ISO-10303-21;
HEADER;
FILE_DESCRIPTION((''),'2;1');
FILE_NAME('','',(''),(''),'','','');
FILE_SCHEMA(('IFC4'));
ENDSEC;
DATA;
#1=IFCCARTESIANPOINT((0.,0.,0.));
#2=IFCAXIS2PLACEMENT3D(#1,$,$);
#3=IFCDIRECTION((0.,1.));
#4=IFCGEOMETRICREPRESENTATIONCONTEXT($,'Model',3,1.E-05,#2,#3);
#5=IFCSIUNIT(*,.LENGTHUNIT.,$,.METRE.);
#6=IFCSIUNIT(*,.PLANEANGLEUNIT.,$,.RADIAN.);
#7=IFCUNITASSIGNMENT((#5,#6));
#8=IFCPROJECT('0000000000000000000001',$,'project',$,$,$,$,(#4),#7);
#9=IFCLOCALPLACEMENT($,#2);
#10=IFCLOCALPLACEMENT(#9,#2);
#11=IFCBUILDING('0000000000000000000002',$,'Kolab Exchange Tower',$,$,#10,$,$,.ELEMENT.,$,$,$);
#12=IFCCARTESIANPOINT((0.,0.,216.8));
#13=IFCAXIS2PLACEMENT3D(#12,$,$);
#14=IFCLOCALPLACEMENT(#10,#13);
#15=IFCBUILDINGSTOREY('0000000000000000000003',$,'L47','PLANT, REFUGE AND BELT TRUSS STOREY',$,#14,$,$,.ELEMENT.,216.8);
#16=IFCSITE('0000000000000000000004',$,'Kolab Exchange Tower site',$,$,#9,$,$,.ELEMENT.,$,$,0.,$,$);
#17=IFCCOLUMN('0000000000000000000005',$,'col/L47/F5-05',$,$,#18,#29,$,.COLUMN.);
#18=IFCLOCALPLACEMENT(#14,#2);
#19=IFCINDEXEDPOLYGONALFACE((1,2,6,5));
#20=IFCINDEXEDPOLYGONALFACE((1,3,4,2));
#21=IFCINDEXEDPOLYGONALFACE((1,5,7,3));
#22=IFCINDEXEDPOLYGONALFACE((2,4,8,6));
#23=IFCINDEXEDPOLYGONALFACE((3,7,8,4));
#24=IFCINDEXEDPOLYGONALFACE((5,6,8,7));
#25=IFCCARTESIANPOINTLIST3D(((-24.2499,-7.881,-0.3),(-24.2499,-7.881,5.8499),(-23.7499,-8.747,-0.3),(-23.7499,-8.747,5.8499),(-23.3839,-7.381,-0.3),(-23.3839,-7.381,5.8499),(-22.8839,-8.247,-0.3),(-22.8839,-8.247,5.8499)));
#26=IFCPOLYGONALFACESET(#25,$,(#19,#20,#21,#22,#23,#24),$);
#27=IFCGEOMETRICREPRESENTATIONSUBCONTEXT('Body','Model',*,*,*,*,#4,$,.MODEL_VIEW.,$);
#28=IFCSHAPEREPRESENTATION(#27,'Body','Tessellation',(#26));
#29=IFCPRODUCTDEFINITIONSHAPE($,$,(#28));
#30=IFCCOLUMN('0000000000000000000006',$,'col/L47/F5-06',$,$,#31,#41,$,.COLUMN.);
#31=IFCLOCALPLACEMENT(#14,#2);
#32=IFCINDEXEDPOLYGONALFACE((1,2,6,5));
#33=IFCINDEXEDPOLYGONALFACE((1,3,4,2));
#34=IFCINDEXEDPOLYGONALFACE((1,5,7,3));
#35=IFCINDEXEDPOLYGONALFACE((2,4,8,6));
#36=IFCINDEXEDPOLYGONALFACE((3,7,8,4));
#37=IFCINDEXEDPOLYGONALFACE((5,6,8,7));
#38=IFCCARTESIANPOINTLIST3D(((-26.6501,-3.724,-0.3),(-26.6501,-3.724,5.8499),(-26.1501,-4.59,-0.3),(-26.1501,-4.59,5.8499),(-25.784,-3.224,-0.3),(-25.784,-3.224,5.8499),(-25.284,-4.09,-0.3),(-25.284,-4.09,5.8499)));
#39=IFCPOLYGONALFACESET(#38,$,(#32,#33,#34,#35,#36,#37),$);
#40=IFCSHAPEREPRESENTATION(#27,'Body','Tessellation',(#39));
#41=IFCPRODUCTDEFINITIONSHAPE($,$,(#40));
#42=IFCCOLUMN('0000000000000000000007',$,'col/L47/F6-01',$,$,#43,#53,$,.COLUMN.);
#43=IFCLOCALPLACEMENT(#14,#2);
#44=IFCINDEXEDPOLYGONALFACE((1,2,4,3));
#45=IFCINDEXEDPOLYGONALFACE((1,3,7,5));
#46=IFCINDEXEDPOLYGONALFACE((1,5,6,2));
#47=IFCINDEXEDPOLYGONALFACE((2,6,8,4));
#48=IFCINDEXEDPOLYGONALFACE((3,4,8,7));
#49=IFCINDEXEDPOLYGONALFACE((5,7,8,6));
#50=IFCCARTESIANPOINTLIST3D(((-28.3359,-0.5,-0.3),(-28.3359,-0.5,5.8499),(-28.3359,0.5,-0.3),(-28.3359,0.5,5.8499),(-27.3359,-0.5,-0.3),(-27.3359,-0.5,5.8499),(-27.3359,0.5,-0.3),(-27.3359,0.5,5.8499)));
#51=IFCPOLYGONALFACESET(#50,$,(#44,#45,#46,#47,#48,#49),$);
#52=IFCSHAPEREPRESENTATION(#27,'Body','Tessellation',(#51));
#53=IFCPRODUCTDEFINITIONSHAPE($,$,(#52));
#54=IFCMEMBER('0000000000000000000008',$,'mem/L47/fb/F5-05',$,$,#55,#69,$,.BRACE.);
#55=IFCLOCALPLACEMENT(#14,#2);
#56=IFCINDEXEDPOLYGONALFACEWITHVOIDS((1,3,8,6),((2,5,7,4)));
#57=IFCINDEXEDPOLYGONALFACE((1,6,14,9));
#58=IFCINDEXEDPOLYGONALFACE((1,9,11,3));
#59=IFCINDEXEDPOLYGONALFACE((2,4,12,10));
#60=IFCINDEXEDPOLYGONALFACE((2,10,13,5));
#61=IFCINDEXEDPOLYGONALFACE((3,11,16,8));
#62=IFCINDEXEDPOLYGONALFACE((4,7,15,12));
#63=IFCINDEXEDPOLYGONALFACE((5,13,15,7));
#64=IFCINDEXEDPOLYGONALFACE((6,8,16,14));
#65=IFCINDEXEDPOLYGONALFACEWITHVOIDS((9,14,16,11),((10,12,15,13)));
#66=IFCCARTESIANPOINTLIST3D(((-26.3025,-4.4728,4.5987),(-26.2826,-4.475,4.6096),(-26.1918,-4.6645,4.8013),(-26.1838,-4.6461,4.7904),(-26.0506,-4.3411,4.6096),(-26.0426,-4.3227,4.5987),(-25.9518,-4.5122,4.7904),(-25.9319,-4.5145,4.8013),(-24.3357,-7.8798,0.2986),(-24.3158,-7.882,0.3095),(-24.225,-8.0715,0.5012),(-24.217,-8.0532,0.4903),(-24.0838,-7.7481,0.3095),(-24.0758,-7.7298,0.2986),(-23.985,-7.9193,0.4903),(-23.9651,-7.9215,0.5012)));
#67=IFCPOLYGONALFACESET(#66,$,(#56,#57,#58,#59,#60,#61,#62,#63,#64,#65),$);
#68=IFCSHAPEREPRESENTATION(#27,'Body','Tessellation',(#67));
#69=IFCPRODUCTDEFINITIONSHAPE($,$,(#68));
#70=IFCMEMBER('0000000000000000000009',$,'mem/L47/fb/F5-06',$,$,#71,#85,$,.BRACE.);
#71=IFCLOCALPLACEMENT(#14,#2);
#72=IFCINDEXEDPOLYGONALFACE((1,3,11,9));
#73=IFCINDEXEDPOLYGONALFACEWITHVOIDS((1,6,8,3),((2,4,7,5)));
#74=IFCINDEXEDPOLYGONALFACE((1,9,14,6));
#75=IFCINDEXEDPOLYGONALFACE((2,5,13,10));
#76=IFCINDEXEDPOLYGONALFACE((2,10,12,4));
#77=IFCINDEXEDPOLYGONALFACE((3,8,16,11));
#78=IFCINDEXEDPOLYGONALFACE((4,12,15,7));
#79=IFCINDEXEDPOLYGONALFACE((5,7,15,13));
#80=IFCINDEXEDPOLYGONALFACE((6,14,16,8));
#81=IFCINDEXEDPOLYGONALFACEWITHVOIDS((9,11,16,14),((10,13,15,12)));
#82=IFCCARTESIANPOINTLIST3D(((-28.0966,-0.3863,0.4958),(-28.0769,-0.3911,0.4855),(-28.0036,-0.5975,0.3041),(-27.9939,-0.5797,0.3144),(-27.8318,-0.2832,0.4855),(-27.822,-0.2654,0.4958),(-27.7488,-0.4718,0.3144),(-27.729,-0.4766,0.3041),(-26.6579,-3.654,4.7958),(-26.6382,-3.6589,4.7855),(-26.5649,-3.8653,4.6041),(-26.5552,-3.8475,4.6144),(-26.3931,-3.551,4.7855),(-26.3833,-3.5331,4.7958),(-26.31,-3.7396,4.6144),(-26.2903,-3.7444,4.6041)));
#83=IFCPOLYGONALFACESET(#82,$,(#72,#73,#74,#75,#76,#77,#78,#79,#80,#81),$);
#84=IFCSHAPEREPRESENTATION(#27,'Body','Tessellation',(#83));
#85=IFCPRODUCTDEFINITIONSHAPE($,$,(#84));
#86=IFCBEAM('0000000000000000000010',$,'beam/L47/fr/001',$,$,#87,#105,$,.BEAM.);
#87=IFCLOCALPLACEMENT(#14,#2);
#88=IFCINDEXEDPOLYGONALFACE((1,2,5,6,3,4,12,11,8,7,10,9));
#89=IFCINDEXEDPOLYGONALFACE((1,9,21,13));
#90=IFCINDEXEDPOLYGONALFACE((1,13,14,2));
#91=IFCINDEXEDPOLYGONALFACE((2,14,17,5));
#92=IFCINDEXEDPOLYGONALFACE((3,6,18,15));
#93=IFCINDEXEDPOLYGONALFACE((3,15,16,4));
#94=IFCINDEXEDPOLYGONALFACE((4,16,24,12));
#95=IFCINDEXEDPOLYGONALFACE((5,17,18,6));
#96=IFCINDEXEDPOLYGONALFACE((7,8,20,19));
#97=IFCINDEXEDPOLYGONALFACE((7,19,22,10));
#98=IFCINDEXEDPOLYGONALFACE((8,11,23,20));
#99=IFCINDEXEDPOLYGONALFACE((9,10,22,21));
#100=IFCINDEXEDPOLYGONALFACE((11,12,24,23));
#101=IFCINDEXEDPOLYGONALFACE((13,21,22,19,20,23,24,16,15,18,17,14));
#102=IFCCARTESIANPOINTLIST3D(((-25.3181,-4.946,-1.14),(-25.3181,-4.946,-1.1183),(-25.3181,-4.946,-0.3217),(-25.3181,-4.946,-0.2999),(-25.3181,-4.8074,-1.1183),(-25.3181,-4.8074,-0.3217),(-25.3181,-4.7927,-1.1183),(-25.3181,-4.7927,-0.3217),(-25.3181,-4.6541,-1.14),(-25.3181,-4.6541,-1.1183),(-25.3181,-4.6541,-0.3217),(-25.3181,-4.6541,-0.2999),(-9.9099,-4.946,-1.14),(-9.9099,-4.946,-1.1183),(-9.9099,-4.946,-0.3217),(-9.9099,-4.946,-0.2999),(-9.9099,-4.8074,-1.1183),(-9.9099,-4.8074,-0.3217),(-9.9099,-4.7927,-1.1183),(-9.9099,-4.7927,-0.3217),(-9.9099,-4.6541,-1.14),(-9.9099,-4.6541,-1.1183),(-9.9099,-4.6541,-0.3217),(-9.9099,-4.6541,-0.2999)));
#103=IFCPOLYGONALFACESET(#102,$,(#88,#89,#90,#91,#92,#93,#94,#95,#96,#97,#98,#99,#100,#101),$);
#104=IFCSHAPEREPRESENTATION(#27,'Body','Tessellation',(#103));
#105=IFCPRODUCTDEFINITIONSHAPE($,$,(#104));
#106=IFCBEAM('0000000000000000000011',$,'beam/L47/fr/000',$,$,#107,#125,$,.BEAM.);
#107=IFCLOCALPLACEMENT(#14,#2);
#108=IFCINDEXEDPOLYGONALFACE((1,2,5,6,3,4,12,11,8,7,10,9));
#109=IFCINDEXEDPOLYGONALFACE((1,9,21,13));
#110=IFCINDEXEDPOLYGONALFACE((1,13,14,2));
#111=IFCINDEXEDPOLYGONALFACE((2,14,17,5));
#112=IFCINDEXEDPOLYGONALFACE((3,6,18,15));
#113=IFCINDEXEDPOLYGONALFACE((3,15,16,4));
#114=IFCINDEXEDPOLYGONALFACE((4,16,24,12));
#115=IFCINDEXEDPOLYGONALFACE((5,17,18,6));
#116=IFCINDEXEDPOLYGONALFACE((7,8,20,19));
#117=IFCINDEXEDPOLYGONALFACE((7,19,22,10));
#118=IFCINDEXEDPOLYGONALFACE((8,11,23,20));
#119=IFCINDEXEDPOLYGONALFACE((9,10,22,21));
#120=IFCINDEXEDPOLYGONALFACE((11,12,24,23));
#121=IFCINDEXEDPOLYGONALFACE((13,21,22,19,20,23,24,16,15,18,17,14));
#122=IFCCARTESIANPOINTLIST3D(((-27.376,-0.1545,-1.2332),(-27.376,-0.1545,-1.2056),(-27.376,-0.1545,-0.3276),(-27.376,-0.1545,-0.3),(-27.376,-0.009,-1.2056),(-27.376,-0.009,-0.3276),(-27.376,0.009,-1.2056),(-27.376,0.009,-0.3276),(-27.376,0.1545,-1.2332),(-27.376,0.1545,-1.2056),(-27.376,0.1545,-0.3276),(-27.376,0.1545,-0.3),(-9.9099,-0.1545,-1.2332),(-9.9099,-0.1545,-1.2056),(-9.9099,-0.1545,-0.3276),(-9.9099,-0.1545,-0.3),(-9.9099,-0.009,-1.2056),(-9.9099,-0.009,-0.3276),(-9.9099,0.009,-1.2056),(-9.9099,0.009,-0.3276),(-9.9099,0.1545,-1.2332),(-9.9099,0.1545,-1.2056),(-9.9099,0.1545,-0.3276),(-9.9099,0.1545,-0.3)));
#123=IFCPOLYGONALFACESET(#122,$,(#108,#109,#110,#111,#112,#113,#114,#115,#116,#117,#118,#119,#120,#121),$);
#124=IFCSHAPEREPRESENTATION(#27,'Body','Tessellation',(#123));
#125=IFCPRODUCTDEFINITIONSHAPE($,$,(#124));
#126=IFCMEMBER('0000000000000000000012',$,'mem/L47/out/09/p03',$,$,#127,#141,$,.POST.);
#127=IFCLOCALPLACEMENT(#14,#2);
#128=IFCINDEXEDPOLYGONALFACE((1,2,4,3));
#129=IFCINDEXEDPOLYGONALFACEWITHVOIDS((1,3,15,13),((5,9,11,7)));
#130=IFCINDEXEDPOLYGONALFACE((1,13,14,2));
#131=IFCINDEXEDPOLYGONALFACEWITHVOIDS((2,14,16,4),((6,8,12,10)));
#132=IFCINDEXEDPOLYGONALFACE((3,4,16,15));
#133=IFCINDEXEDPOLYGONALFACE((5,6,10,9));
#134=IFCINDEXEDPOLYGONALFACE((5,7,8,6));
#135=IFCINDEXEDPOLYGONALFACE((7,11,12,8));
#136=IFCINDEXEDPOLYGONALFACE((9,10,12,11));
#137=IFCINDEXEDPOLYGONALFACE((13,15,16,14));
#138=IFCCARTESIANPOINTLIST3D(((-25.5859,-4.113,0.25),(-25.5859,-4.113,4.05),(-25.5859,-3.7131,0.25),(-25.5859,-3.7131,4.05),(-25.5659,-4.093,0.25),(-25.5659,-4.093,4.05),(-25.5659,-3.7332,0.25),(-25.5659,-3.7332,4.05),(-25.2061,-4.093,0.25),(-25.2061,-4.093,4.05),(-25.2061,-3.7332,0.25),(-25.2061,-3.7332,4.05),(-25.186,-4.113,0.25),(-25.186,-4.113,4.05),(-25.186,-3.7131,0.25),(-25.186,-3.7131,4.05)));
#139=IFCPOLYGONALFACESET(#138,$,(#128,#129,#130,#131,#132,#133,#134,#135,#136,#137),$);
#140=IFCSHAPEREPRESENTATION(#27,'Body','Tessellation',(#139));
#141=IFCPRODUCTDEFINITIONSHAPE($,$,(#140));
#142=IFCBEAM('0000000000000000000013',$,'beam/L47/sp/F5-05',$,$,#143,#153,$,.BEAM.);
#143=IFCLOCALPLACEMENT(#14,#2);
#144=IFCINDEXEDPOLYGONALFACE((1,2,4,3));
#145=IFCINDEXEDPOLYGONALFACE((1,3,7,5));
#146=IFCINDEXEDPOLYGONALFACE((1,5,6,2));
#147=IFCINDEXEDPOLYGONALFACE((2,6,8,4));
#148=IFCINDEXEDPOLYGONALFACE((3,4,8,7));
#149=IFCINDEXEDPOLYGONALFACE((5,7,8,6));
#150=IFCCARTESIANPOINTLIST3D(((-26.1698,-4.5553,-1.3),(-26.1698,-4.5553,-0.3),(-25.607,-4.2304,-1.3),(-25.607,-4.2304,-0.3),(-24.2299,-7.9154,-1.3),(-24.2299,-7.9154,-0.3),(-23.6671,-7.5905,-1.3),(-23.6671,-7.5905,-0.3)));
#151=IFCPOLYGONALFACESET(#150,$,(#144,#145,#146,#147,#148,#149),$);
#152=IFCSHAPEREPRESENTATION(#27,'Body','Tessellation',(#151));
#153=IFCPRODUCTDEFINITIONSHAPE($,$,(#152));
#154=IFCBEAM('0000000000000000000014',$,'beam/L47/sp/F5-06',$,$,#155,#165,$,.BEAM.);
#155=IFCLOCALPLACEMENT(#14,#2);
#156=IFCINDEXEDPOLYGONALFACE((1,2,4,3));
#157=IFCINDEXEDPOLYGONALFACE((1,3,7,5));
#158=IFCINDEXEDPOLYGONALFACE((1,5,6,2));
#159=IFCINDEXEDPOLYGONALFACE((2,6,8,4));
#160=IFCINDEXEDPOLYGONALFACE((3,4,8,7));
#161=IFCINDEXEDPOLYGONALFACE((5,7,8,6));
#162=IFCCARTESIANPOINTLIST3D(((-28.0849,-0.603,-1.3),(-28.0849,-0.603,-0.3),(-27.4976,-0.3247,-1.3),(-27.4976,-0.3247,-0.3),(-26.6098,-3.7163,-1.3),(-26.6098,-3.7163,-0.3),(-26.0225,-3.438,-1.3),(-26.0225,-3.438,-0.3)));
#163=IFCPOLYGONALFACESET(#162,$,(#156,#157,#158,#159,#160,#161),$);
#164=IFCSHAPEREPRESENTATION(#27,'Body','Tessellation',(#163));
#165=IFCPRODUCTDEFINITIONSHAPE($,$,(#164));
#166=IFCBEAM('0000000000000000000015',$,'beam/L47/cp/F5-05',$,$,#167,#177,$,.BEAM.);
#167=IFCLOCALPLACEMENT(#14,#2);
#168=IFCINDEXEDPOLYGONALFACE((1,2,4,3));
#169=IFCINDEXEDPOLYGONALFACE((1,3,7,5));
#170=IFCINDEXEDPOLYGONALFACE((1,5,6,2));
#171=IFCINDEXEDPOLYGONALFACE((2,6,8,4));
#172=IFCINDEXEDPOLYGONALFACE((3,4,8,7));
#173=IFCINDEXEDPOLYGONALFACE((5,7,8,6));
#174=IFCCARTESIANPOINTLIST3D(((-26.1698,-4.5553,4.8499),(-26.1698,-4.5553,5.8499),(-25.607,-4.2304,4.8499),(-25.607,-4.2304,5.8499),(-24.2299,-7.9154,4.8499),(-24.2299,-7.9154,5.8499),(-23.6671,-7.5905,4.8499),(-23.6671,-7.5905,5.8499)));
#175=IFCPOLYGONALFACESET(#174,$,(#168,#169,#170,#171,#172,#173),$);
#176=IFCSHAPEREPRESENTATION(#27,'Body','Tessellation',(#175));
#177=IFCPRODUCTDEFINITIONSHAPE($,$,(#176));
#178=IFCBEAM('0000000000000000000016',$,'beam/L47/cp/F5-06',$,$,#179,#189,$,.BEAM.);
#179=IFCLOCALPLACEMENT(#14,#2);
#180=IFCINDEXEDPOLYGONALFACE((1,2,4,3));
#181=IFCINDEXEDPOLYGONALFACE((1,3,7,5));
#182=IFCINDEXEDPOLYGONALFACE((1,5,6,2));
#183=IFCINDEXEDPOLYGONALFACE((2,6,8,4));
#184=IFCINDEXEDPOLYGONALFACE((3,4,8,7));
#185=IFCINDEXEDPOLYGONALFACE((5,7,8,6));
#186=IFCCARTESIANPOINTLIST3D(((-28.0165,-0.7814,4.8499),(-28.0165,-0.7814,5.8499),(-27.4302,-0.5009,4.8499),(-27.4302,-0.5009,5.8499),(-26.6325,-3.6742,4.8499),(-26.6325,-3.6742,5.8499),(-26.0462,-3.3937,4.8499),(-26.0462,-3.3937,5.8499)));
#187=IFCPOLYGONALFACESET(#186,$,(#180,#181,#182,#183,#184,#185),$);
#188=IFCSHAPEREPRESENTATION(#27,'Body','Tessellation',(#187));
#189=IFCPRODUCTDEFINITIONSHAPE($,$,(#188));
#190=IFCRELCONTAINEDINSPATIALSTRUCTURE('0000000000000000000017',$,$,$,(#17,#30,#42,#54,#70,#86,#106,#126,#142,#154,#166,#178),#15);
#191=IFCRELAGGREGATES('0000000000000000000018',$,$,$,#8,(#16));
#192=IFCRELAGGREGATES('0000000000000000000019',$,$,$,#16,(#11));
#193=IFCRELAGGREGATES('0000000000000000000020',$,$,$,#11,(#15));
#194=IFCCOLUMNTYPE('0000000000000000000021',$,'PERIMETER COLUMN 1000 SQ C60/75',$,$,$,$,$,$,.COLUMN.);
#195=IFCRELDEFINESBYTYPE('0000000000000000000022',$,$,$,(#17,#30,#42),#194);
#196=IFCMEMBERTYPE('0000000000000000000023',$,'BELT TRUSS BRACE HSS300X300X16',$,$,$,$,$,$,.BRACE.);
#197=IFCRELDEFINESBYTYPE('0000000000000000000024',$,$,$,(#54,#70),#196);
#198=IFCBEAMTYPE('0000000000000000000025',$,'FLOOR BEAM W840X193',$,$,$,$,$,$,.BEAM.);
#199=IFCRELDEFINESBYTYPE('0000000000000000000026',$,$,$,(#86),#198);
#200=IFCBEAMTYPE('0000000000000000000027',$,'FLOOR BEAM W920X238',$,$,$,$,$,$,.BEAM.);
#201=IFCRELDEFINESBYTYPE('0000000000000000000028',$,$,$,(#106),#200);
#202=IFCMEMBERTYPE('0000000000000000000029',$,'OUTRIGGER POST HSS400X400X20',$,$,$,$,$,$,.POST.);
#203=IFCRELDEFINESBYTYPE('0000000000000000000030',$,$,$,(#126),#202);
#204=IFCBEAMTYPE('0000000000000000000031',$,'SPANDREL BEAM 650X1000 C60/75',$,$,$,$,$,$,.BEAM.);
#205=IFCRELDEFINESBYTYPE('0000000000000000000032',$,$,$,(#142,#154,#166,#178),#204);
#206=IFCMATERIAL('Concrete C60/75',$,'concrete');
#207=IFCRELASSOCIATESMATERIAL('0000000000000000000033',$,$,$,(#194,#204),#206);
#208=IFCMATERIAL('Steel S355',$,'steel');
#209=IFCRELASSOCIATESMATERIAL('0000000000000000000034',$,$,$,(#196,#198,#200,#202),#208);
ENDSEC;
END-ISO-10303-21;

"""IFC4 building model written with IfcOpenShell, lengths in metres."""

from ifc_helpers import new_model, si_unit, direction, frame, origin, origin_2d, place, context, subcontext, project, spatial, rectangle, hollow_rectangle, i_section, extrude, material, material_profile, profile_set, type_object, element, save


model = new_model("IFC4")

# Units and contexts
model_context = context("Model", 3, precision=1e-05, world=origin(), true_north=direction((0.0, 1.0)))
body_context = subcontext(model_context, "Body", "Model", "MODEL_VIEW")
ifc_project = project(units=[si_unit("LENGTHUNIT", "METRE"), si_unit("PLANEANGLEUNIT", "RADIAN")], contexts=[model_context])

# Site, building, storey
site_placement = place(None, origin())
site = spatial("IfcSite", under=ifc_project, at=site_placement, Name="Kolab Exchange Tower site", CompositionType="ELEMENT", RefElevation=0.0)
building_placement = place(site_placement, origin())
building = spatial("IfcBuilding", under=site, at=building_placement, Name="Kolab Exchange Tower", CompositionType="ELEMENT")
storey_placement = place(building_placement, frame((0.0, 0.0, 216.8)))
storey = spatial("IfcBuildingStorey", under=building, at=storey_placement, Name="L47", Description="PLANT, REFUGE AND BELT TRUSS STOREY", CompositionType="ELEMENT", Elevation=216.8)

# Columns
ifc_material_1 = material(Name="Concrete C60/75", Category="concrete")
ifc_material_profile_1 = material_profile(ifc_material_1, rectangle(XDim=1.0, YDim=1.0, at=origin_2d()), Name="RC1000")
ifc_profile_set_1 = profile_set([ifc_material_profile_1], Name="Concrete C60/75")
column_type = type_object("IfcColumnType", Name="PERIMETER COLUMN 1000 SQ C60/75", PredefinedType="COLUMN", material=ifc_profile_set_1)
for number, where, z_axis, x_axis, name in (
    (1, (-23.5669, -8.064, -0.3), (0.0, 0.0, 1.0), (0.866025, 0.5, 0.0), "col/L47/F5-05"),
    (2, (-25.967, -3.907, -0.3), (0.0, 0.0, 1.0), (0.866025, 0.5, 0.0), "col/L47/F5-06"),
    (3, (-27.8359, 0.0, -0.3), (0.0, 0.0, 1.0), (1.0, 0.0, 0.0), "col/L47/F6-01"),
):
    element("IfcColumn", number, at=place(storey_placement, frame(where, z_axis=z_axis, x_axis=x_axis)), inside=storey, type_object=column_type, Name=name, PredefinedType="COLUMN", context=body_context, shape_type="SweptSolid", body=[
        extrude(rectangle(XDim=1.0, YDim=1.0, at=origin_2d()), origin(), (0.0, 0.0, 1.0), 6.1499),
    ])

# Members
ifc_material_2 = material(Name="Steel S355", Category="steel")
ifc_material_profile_2 = material_profile(ifc_material_2, hollow_rectangle(XDim=0.3, YDim=0.3, WallThickness=0.0161, at=origin_2d()), Name="HSS300X300X16")
ifc_profile_set_2 = profile_set([ifc_material_profile_2], Name="Steel S355")
member_type_1 = type_object("IfcMemberType", Name="BELT TRUSS BRACE HSS300X300X16", PredefinedType="BRACE", material=ifc_profile_set_2)
member_1_placement = place(storey_placement, frame((-24.1504, -7.9006, 0.3999), z_axis=(-0.33747, 0.584583, 0.737819), x_axis=(-0.86605, -0.499957, 0.0)))
element("IfcMember", 4, at=member_1_placement, inside=storey, type_object=member_type_1, Name="mem/L47/fb/F5-05", PredefinedType="BRACE", context=body_context, shape_type="SweptSolid", body=[
    extrude(hollow_rectangle(XDim=0.3, YDim=0.3, WallThickness=0.0161, at=origin_2d()), origin(), (0.0, 0.0, 1.0), 5.8281),
])
member_2_placement = place(storey_placement, frame((-26.4741, -3.6992, 4.7), z_axis=(-0.257411, 0.584669, -0.769352), x_axis=(-0.915224, -0.402945, 0.0)))
element("IfcMember", 5, at=member_2_placement, inside=storey, type_object=member_type_1, Name="mem/L47/fb/F5-06", PredefinedType="BRACE", context=body_context, shape_type="SweptSolid", body=[
    extrude(hollow_rectangle(XDim=0.3, YDim=0.3, WallThickness=0.0161, at=origin_2d()), origin(), (0.0, 0.0, 1.0), 5.5891),
])

# Beams
ifc_material_profile_3 = material_profile(ifc_material_2, i_section(OverallWidth=0.292, OverallDepth=0.8401, WebThickness=0.0146, FlangeThickness=0.0217, at=origin_2d()), Name="W840X193")
ifc_profile_set_3 = profile_set([ifc_material_profile_3], Name="Steel S355")
beam_type_1 = type_object("IfcBeamType", Name="FLOOR BEAM W840X193", PredefinedType="BEAM", material=ifc_profile_set_3)
beam_1_placement = place(storey_placement, frame((-25.3181, -4.8, -0.72), z_axis=(1.0, 0.0, 0.0), x_axis=(0.0, 1.0, 0.0)))
element("IfcBeam", 6, at=beam_1_placement, inside=storey, type_object=beam_type_1, Name="beam/L47/fr/001", PredefinedType="BEAM", context=body_context, shape_type="SweptSolid", body=[
    extrude(i_section(OverallWidth=0.292, OverallDepth=0.8401, WebThickness=0.0146, FlangeThickness=0.0217, at=origin_2d()), origin(), (0.0, 0.0, 1.0), 15.4082),
])
ifc_material_profile_4 = material_profile(ifc_material_2, i_section(OverallWidth=0.3091, OverallDepth=0.9331, WebThickness=0.0181, FlangeThickness=0.0276, at=origin_2d()), Name="W920X238")
ifc_profile_set_4 = profile_set([ifc_material_profile_4], Name="Steel S355")
beam_type_2 = type_object("IfcBeamType", Name="FLOOR BEAM W920X238", PredefinedType="BEAM", material=ifc_profile_set_4)
beam_2_placement = place(storey_placement, frame((-27.376, 0.0, -0.7666), z_axis=(1.0, 0.0, 0.0), x_axis=(0.0, 1.0, 0.0)))
element("IfcBeam", 7, at=beam_2_placement, inside=storey, type_object=beam_type_2, Name="beam/L47/fr/000", PredefinedType="BEAM", context=body_context, shape_type="SweptSolid", body=[
    extrude(i_section(OverallWidth=0.3091, OverallDepth=0.9331, WebThickness=0.0181, FlangeThickness=0.0276, at=origin_2d()), origin(), (0.0, 0.0, 1.0), 17.4661),
])

# Member
ifc_material_profile_5 = material_profile(ifc_material_2, hollow_rectangle(XDim=0.3999, YDim=0.3999, WallThickness=0.02, at=origin_2d()), Name="HSS400X400X20")
ifc_profile_set_5 = profile_set([ifc_material_profile_5], Name="Steel S355")
member_type_2 = type_object("IfcMemberType", Name="OUTRIGGER POST HSS400X400X20", PredefinedType="POST", material=ifc_profile_set_5)
member_3_placement = place(storey_placement, frame((-25.386, -3.9131, 0.25), z_axis=(0.0, 0.0, 1.0), x_axis=(1.0, 0.0, 0.0)))
element("IfcMember", 8, at=member_3_placement, inside=storey, type_object=member_type_2, Name="mem/L47/out/09/p03", PredefinedType="POST", context=body_context, shape_type="SweptSolid", body=[
    extrude(hollow_rectangle(XDim=0.3999, YDim=0.3999, WallThickness=0.02, at=origin_2d()), origin(), (0.0, 0.0, 1.0), 3.8),
])

# Beams
ifc_material_profile_6 = material_profile(ifc_material_1, rectangle(XDim=0.6499, YDim=1.0, at=origin_2d()), Name="RC650X1000")
ifc_profile_set_6 = profile_set([ifc_material_profile_6], Name="Concrete C60/75")
beam_type_3 = type_object("IfcBeamType", Name="SPANDREL BEAM 650X1000 C60/75", PredefinedType="BEAM", material=ifc_profile_set_6)
beam_3_placement = place(storey_placement, frame((-23.9485, -7.7529, -0.8), z_axis=(-0.499997, 0.866027, 0.0), x_axis=(-0.866027, -0.499997, 0.0)))
element("IfcBeam", 9, at=beam_3_placement, inside=storey, type_object=beam_type_3, Name="beam/L47/sp/F5-05", PredefinedType="BEAM", context=body_context, shape_type="SweptSolid", body=[
    extrude(rectangle(XDim=0.6499, YDim=1.0, at=origin_2d()), origin(), (0.0, 0.0, 1.0), 3.8799),
])
beam_4_placement = place(storey_placement, frame((-26.3162, -3.5771, -0.8), z_axis=(-0.428178, 0.903695, 0.0), x_axis=(-0.903695, -0.428178, 0.0)))
element("IfcBeam", 10, at=beam_4_placement, inside=storey, type_object=beam_type_3, Name="beam/L47/sp/F5-06", PredefinedType="BEAM", context=body_context, shape_type="SweptSolid", body=[
    extrude(rectangle(XDim=0.6499, YDim=1.0, at=origin_2d()), origin(), (0.0, 0.0, 1.0), 3.4451),
])
beam_5_placement = place(storey_placement, frame((-23.9485, -7.7529, 5.3499), z_axis=(-0.499997, 0.866027, 0.0), x_axis=(-0.866027, -0.499997, 0.0)))
element("IfcBeam", 11, at=beam_5_placement, inside=storey, type_object=beam_type_3, Name="beam/L47/cp/F5-05", PredefinedType="BEAM", context=body_context, shape_type="SweptSolid", body=[
    extrude(rectangle(XDim=0.6499, YDim=1.0, at=origin_2d()), origin(), (0.0, 0.0, 1.0), 3.8799),
])
beam_6_placement = place(storey_placement, frame((-26.3394, -3.5339, 5.3499), z_axis=(-0.431585, 0.902072, 0.0), x_axis=(-0.902072, -0.431585, 0.0)))
element("IfcBeam", 12, at=beam_6_placement, inside=storey, type_object=beam_type_3, Name="beam/L47/cp/F5-06", PredefinedType="BEAM", context=body_context, shape_type="SweptSolid", body=[
    extrude(rectangle(XDim=0.6499, YDim=1.0, at=origin_2d()), origin(), (0.0, 0.0, 1.0), 3.2068),
])

save(model, "model.ifc")
